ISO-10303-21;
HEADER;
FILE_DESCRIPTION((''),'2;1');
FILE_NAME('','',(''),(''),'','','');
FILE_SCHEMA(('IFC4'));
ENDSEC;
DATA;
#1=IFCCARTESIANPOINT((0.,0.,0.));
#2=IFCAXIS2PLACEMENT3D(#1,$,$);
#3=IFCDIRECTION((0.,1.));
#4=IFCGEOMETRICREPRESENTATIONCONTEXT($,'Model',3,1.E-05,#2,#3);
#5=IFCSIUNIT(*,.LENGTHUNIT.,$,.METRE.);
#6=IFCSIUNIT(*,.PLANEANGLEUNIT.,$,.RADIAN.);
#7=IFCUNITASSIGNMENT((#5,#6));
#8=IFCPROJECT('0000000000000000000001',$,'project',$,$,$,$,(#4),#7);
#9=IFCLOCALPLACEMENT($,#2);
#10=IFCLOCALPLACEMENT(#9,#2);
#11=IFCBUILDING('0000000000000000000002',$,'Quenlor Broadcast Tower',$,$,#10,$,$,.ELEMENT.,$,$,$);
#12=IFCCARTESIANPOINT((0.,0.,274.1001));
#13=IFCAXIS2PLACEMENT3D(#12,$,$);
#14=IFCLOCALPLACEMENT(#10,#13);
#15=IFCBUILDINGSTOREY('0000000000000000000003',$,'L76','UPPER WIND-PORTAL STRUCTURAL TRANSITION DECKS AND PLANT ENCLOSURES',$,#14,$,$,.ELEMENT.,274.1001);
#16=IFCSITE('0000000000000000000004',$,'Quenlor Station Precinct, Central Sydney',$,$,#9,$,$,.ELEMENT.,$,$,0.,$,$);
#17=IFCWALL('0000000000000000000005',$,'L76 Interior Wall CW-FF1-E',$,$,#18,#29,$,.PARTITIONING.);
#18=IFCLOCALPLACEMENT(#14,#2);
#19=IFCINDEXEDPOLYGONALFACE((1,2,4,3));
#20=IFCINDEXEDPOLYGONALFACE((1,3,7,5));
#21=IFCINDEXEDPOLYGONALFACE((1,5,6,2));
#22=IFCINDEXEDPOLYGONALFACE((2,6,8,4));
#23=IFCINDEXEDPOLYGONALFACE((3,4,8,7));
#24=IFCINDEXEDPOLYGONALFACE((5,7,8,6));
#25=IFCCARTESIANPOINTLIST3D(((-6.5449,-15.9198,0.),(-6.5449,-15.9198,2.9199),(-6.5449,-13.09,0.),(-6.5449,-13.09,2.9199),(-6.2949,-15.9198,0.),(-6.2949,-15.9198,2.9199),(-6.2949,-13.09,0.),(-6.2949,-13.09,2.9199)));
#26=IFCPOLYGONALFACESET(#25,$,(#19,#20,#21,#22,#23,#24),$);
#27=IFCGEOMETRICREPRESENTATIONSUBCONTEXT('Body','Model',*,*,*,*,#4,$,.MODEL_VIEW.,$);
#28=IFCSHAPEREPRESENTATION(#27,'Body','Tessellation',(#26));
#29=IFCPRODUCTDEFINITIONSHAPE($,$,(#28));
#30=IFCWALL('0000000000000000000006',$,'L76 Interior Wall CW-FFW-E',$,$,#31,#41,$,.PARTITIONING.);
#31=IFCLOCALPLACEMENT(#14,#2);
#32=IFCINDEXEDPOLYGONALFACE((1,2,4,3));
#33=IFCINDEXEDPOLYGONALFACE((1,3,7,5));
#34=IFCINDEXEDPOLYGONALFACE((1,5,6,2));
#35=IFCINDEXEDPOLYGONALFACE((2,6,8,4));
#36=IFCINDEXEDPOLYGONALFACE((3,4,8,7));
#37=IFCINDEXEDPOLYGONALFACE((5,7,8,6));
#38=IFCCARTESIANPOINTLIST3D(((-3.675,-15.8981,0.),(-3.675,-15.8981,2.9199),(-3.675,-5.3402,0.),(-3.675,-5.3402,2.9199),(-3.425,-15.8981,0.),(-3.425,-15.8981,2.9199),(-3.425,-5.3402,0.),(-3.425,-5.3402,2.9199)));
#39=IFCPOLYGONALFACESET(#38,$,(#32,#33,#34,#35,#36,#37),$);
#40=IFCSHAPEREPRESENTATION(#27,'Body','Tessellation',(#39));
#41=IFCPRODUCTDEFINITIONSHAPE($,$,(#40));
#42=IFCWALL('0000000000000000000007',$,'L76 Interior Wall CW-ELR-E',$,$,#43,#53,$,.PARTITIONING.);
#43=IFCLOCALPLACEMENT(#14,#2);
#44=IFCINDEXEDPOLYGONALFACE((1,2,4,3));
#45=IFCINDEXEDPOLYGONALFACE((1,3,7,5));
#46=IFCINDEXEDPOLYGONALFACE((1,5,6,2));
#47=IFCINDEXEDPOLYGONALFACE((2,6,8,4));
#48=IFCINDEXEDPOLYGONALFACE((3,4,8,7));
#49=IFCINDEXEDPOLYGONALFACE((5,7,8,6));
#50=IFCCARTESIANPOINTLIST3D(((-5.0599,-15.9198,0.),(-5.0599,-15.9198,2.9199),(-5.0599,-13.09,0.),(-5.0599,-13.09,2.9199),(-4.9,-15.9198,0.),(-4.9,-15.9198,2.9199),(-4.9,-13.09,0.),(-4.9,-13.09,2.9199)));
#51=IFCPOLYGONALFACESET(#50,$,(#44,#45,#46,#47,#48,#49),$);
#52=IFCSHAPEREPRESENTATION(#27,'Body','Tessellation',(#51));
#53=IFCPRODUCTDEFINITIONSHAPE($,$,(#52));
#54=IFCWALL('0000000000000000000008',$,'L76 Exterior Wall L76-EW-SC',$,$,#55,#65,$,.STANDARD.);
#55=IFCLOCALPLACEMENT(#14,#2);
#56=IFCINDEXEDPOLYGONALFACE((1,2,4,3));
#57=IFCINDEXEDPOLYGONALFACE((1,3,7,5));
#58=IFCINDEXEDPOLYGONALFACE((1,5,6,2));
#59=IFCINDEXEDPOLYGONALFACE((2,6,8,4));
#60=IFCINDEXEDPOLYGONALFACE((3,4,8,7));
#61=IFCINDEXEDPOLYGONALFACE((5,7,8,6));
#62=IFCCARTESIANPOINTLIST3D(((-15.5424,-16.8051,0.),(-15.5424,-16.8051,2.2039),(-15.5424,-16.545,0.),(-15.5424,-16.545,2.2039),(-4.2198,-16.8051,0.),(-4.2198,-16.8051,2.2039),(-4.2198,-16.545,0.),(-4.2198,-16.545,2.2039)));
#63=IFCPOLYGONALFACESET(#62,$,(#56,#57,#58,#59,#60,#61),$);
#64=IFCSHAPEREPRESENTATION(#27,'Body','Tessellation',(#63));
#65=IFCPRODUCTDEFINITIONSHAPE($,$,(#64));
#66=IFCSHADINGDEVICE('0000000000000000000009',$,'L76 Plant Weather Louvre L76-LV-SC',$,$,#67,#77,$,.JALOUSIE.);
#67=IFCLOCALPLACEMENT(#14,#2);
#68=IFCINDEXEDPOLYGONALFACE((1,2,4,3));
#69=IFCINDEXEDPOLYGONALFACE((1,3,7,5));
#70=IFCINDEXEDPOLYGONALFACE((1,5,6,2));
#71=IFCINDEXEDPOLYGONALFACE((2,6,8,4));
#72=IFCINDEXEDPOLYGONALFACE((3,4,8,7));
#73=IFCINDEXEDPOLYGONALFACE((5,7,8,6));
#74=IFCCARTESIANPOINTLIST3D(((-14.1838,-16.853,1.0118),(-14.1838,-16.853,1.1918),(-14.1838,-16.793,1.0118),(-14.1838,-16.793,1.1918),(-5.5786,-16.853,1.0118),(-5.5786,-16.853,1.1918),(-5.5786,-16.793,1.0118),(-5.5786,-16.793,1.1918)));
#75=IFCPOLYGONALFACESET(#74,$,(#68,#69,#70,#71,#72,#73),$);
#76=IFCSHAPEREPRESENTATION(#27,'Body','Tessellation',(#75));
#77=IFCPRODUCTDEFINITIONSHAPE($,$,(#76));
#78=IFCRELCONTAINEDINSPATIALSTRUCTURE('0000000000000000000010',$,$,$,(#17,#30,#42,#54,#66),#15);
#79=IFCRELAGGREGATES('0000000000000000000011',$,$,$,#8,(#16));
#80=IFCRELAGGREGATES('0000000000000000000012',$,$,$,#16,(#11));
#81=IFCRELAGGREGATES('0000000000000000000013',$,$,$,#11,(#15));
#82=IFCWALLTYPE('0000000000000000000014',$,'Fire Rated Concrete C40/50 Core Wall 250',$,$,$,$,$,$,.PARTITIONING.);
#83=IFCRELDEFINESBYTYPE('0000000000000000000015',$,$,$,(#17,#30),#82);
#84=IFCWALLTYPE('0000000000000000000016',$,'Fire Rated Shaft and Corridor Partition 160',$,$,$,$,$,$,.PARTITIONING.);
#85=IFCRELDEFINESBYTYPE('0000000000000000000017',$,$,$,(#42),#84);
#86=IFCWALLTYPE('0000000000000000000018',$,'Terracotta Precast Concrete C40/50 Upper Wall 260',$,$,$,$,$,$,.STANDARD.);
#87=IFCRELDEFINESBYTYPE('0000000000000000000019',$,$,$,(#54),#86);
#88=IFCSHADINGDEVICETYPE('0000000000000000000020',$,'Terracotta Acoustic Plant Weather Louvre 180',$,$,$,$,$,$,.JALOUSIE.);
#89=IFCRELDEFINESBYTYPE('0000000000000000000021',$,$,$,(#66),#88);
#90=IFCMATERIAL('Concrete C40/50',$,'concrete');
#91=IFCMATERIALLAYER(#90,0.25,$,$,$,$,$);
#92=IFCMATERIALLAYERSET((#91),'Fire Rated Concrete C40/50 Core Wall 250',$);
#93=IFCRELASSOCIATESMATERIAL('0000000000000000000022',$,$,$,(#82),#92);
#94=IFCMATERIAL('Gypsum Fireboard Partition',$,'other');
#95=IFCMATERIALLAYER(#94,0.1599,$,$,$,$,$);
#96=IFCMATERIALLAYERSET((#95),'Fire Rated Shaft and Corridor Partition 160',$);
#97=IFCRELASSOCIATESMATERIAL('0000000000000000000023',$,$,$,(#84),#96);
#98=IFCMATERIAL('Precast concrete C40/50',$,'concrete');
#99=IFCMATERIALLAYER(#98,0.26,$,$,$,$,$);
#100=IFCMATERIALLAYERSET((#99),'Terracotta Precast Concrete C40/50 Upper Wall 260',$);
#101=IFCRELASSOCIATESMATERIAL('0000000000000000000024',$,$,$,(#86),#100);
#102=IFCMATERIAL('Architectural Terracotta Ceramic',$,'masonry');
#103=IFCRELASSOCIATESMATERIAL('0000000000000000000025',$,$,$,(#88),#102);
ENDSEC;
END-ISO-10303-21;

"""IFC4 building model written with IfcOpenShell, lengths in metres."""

from ifc_helpers import new_model, si_unit, direction, frame, frame_2d, origin, origin_2d, place, context, subcontext, project, spatial, rectangle, extrude, material, layer, layer_set, material_profile, profile_set, type_object, element, save


model = new_model("IFC4")

# Units and contexts
model_context = context("Model", 3, precision=1e-05, world=origin(), true_north=direction((0.0, 1.0)))
body_context = subcontext(model_context, "Body", "Model", "MODEL_VIEW")
ifc_project = project(units=[si_unit("LENGTHUNIT", "METRE"), si_unit("PLANEANGLEUNIT", "RADIAN")], contexts=[model_context])

# Site, building, storey
site_placement = place(None, origin())
site = spatial("IfcSite", under=ifc_project, at=site_placement, Name="Quenlor Station Precinct, Central Sydney", CompositionType="ELEMENT", RefElevation=0.0)
building_placement = place(site_placement, origin())
building = spatial("IfcBuilding", under=site, at=building_placement, Name="Quenlor Broadcast Tower", CompositionType="ELEMENT")
storey_placement = place(building_placement, frame((0.0, 0.0, 274.1001)))
storey = spatial("IfcBuildingStorey", under=building, at=storey_placement, Name="L76", Description="UPPER WIND-PORTAL STRUCTURAL TRANSITION DECKS AND PLANT ENCLOSURES", CompositionType="ELEMENT", Elevation=274.1001)

# Shared definitions
ifc_material_1 = material(Name="Concrete C40/50", Category="concrete")
ifc_layer_1 = layer(ifc_material_1, 0.25)
ifc_layer_set_1 = layer_set([ifc_layer_1], Name="Fire Rated Concrete C40/50 Core Wall 250")
wall_type_1 = type_object("IfcWallType", Name="Fire Rated Concrete C40/50 Core Wall 250", PredefinedType="PARTITIONING", material=ifc_layer_set_1)

# Walls
wall_1_placement = place(storey_placement, frame((-6.4199, -15.9199, 0.0), z_axis=(0.0, 0.0, 1.0), x_axis=(0.0, 1.0, 0.0)))
element("IfcWall", 1, at=wall_1_placement, inside=storey, type_object=wall_type_1, Name="L76 Interior Wall CW-FF1-E", PredefinedType="PARTITIONING", context=body_context, shape_type="SweptSolid", body=[
    extrude(rectangle(XDim=2.8298, YDim=0.25, at=frame_2d((1.415, 0.0))), origin(), (0.0, 0.0, 1.0), 2.9199),
])
wall_2_placement = place(storey_placement, frame((-3.55, -15.8979, 0.0), z_axis=(0.0, 0.0, 1.0), x_axis=(0.0, 1.0, 0.0)))
element("IfcWall", 2, at=wall_2_placement, inside=storey, type_object=wall_type_1, Name="L76 Interior Wall CW-FFW-E", PredefinedType="PARTITIONING", context=body_context, shape_type="SweptSolid", body=[
    extrude(rectangle(XDim=10.5579, YDim=0.25, at=frame_2d((5.2788, 0.0))), origin(), (0.0, 0.0, 1.0), 2.9199),
])
ifc_material_2 = material(Name="Gypsum Fireboard Partition", Category="other")
ifc_layer_2 = layer(ifc_material_2, 0.1599)
ifc_layer_set_2 = layer_set([ifc_layer_2], Name="Fire Rated Shaft and Corridor Partition 160")
wall_type_2 = type_object("IfcWallType", Name="Fire Rated Shaft and Corridor Partition 160", PredefinedType="PARTITIONING", material=ifc_layer_set_2)
wall_3_placement = place(storey_placement, frame((-4.98, -15.9199, 0.0), z_axis=(0.0, 0.0, 1.0), x_axis=(0.0, 1.0, 0.0)))
element("IfcWall", 3, at=wall_3_placement, inside=storey, type_object=wall_type_2, Name="L76 Interior Wall CW-ELR-E", PredefinedType="PARTITIONING", context=body_context, shape_type="SweptSolid", body=[
    extrude(rectangle(XDim=2.8298, YDim=0.1599, at=frame_2d((1.415, 0.0))), origin(), (0.0, 0.0, 1.0), 2.9199),
])
ifc_material_3 = material(Name="Precast concrete C40/50", Category="concrete")
ifc_layer_3 = layer(ifc_material_3, 0.26)
ifc_layer_set_3 = layer_set([ifc_layer_3], Name="Terracotta Precast Concrete C40/50 Upper Wall 260")
wall_type_3 = type_object("IfcWallType", Name="Terracotta Precast Concrete C40/50 Upper Wall 260", PredefinedType="STANDARD", material=ifc_layer_set_3)
wall_4_placement = place(storey_placement, frame((-4.22, -16.675, 0.0), z_axis=(0.0, 0.0, 1.0), x_axis=(-1.0, 0.0, 0.0)))
element("IfcWall", 4, at=wall_4_placement, inside=storey, type_object=wall_type_3, Name="L76 Exterior Wall L76-EW-SC", PredefinedType="STANDARD", context=body_context, shape_type="SweptSolid", body=[
    extrude(rectangle(XDim=11.3225, YDim=0.26, at=frame_2d((5.6611, 0.0))), origin(), (0.0, 0.0, 1.0), 2.2039),
])

# Shading device
ifc_material_4 = material(Name="Architectural Terracotta Ceramic", Category="masonry")
ifc_material_profile_1 = material_profile(ifc_material_4, rectangle(XDim=0.0601, YDim=0.1799, at=origin_2d()))
ifc_profile_set_1 = profile_set([ifc_material_profile_1], Name="Architectural Terracotta Ceramic LVR60x180")
shading_device_type = type_object("IfcShadingDeviceType", Name="Terracotta Acoustic Plant Weather Louvre 180", PredefinedType="JALOUSIE", material=ifc_profile_set_1)
shading_device_placement = place(storey_placement, frame((-5.5786, -16.823, 1.1018), z_axis=(-1.0, 0.0, 0.0), x_axis=(0.0, -1.0, 0.0)))
element("IfcShadingDevice", 5, at=shading_device_placement, inside=storey, type_object=shading_device_type, Name="L76 Plant Weather Louvre L76-LV-SC", PredefinedType="JALOUSIE", context=body_context, shape_type="SweptSolid", body=[
    extrude(rectangle(XDim=0.0601, YDim=0.1799, at=origin_2d()), origin(), (0.0, 0.0, 1.0), 8.6052),
])

save(model, "model.ifc")
